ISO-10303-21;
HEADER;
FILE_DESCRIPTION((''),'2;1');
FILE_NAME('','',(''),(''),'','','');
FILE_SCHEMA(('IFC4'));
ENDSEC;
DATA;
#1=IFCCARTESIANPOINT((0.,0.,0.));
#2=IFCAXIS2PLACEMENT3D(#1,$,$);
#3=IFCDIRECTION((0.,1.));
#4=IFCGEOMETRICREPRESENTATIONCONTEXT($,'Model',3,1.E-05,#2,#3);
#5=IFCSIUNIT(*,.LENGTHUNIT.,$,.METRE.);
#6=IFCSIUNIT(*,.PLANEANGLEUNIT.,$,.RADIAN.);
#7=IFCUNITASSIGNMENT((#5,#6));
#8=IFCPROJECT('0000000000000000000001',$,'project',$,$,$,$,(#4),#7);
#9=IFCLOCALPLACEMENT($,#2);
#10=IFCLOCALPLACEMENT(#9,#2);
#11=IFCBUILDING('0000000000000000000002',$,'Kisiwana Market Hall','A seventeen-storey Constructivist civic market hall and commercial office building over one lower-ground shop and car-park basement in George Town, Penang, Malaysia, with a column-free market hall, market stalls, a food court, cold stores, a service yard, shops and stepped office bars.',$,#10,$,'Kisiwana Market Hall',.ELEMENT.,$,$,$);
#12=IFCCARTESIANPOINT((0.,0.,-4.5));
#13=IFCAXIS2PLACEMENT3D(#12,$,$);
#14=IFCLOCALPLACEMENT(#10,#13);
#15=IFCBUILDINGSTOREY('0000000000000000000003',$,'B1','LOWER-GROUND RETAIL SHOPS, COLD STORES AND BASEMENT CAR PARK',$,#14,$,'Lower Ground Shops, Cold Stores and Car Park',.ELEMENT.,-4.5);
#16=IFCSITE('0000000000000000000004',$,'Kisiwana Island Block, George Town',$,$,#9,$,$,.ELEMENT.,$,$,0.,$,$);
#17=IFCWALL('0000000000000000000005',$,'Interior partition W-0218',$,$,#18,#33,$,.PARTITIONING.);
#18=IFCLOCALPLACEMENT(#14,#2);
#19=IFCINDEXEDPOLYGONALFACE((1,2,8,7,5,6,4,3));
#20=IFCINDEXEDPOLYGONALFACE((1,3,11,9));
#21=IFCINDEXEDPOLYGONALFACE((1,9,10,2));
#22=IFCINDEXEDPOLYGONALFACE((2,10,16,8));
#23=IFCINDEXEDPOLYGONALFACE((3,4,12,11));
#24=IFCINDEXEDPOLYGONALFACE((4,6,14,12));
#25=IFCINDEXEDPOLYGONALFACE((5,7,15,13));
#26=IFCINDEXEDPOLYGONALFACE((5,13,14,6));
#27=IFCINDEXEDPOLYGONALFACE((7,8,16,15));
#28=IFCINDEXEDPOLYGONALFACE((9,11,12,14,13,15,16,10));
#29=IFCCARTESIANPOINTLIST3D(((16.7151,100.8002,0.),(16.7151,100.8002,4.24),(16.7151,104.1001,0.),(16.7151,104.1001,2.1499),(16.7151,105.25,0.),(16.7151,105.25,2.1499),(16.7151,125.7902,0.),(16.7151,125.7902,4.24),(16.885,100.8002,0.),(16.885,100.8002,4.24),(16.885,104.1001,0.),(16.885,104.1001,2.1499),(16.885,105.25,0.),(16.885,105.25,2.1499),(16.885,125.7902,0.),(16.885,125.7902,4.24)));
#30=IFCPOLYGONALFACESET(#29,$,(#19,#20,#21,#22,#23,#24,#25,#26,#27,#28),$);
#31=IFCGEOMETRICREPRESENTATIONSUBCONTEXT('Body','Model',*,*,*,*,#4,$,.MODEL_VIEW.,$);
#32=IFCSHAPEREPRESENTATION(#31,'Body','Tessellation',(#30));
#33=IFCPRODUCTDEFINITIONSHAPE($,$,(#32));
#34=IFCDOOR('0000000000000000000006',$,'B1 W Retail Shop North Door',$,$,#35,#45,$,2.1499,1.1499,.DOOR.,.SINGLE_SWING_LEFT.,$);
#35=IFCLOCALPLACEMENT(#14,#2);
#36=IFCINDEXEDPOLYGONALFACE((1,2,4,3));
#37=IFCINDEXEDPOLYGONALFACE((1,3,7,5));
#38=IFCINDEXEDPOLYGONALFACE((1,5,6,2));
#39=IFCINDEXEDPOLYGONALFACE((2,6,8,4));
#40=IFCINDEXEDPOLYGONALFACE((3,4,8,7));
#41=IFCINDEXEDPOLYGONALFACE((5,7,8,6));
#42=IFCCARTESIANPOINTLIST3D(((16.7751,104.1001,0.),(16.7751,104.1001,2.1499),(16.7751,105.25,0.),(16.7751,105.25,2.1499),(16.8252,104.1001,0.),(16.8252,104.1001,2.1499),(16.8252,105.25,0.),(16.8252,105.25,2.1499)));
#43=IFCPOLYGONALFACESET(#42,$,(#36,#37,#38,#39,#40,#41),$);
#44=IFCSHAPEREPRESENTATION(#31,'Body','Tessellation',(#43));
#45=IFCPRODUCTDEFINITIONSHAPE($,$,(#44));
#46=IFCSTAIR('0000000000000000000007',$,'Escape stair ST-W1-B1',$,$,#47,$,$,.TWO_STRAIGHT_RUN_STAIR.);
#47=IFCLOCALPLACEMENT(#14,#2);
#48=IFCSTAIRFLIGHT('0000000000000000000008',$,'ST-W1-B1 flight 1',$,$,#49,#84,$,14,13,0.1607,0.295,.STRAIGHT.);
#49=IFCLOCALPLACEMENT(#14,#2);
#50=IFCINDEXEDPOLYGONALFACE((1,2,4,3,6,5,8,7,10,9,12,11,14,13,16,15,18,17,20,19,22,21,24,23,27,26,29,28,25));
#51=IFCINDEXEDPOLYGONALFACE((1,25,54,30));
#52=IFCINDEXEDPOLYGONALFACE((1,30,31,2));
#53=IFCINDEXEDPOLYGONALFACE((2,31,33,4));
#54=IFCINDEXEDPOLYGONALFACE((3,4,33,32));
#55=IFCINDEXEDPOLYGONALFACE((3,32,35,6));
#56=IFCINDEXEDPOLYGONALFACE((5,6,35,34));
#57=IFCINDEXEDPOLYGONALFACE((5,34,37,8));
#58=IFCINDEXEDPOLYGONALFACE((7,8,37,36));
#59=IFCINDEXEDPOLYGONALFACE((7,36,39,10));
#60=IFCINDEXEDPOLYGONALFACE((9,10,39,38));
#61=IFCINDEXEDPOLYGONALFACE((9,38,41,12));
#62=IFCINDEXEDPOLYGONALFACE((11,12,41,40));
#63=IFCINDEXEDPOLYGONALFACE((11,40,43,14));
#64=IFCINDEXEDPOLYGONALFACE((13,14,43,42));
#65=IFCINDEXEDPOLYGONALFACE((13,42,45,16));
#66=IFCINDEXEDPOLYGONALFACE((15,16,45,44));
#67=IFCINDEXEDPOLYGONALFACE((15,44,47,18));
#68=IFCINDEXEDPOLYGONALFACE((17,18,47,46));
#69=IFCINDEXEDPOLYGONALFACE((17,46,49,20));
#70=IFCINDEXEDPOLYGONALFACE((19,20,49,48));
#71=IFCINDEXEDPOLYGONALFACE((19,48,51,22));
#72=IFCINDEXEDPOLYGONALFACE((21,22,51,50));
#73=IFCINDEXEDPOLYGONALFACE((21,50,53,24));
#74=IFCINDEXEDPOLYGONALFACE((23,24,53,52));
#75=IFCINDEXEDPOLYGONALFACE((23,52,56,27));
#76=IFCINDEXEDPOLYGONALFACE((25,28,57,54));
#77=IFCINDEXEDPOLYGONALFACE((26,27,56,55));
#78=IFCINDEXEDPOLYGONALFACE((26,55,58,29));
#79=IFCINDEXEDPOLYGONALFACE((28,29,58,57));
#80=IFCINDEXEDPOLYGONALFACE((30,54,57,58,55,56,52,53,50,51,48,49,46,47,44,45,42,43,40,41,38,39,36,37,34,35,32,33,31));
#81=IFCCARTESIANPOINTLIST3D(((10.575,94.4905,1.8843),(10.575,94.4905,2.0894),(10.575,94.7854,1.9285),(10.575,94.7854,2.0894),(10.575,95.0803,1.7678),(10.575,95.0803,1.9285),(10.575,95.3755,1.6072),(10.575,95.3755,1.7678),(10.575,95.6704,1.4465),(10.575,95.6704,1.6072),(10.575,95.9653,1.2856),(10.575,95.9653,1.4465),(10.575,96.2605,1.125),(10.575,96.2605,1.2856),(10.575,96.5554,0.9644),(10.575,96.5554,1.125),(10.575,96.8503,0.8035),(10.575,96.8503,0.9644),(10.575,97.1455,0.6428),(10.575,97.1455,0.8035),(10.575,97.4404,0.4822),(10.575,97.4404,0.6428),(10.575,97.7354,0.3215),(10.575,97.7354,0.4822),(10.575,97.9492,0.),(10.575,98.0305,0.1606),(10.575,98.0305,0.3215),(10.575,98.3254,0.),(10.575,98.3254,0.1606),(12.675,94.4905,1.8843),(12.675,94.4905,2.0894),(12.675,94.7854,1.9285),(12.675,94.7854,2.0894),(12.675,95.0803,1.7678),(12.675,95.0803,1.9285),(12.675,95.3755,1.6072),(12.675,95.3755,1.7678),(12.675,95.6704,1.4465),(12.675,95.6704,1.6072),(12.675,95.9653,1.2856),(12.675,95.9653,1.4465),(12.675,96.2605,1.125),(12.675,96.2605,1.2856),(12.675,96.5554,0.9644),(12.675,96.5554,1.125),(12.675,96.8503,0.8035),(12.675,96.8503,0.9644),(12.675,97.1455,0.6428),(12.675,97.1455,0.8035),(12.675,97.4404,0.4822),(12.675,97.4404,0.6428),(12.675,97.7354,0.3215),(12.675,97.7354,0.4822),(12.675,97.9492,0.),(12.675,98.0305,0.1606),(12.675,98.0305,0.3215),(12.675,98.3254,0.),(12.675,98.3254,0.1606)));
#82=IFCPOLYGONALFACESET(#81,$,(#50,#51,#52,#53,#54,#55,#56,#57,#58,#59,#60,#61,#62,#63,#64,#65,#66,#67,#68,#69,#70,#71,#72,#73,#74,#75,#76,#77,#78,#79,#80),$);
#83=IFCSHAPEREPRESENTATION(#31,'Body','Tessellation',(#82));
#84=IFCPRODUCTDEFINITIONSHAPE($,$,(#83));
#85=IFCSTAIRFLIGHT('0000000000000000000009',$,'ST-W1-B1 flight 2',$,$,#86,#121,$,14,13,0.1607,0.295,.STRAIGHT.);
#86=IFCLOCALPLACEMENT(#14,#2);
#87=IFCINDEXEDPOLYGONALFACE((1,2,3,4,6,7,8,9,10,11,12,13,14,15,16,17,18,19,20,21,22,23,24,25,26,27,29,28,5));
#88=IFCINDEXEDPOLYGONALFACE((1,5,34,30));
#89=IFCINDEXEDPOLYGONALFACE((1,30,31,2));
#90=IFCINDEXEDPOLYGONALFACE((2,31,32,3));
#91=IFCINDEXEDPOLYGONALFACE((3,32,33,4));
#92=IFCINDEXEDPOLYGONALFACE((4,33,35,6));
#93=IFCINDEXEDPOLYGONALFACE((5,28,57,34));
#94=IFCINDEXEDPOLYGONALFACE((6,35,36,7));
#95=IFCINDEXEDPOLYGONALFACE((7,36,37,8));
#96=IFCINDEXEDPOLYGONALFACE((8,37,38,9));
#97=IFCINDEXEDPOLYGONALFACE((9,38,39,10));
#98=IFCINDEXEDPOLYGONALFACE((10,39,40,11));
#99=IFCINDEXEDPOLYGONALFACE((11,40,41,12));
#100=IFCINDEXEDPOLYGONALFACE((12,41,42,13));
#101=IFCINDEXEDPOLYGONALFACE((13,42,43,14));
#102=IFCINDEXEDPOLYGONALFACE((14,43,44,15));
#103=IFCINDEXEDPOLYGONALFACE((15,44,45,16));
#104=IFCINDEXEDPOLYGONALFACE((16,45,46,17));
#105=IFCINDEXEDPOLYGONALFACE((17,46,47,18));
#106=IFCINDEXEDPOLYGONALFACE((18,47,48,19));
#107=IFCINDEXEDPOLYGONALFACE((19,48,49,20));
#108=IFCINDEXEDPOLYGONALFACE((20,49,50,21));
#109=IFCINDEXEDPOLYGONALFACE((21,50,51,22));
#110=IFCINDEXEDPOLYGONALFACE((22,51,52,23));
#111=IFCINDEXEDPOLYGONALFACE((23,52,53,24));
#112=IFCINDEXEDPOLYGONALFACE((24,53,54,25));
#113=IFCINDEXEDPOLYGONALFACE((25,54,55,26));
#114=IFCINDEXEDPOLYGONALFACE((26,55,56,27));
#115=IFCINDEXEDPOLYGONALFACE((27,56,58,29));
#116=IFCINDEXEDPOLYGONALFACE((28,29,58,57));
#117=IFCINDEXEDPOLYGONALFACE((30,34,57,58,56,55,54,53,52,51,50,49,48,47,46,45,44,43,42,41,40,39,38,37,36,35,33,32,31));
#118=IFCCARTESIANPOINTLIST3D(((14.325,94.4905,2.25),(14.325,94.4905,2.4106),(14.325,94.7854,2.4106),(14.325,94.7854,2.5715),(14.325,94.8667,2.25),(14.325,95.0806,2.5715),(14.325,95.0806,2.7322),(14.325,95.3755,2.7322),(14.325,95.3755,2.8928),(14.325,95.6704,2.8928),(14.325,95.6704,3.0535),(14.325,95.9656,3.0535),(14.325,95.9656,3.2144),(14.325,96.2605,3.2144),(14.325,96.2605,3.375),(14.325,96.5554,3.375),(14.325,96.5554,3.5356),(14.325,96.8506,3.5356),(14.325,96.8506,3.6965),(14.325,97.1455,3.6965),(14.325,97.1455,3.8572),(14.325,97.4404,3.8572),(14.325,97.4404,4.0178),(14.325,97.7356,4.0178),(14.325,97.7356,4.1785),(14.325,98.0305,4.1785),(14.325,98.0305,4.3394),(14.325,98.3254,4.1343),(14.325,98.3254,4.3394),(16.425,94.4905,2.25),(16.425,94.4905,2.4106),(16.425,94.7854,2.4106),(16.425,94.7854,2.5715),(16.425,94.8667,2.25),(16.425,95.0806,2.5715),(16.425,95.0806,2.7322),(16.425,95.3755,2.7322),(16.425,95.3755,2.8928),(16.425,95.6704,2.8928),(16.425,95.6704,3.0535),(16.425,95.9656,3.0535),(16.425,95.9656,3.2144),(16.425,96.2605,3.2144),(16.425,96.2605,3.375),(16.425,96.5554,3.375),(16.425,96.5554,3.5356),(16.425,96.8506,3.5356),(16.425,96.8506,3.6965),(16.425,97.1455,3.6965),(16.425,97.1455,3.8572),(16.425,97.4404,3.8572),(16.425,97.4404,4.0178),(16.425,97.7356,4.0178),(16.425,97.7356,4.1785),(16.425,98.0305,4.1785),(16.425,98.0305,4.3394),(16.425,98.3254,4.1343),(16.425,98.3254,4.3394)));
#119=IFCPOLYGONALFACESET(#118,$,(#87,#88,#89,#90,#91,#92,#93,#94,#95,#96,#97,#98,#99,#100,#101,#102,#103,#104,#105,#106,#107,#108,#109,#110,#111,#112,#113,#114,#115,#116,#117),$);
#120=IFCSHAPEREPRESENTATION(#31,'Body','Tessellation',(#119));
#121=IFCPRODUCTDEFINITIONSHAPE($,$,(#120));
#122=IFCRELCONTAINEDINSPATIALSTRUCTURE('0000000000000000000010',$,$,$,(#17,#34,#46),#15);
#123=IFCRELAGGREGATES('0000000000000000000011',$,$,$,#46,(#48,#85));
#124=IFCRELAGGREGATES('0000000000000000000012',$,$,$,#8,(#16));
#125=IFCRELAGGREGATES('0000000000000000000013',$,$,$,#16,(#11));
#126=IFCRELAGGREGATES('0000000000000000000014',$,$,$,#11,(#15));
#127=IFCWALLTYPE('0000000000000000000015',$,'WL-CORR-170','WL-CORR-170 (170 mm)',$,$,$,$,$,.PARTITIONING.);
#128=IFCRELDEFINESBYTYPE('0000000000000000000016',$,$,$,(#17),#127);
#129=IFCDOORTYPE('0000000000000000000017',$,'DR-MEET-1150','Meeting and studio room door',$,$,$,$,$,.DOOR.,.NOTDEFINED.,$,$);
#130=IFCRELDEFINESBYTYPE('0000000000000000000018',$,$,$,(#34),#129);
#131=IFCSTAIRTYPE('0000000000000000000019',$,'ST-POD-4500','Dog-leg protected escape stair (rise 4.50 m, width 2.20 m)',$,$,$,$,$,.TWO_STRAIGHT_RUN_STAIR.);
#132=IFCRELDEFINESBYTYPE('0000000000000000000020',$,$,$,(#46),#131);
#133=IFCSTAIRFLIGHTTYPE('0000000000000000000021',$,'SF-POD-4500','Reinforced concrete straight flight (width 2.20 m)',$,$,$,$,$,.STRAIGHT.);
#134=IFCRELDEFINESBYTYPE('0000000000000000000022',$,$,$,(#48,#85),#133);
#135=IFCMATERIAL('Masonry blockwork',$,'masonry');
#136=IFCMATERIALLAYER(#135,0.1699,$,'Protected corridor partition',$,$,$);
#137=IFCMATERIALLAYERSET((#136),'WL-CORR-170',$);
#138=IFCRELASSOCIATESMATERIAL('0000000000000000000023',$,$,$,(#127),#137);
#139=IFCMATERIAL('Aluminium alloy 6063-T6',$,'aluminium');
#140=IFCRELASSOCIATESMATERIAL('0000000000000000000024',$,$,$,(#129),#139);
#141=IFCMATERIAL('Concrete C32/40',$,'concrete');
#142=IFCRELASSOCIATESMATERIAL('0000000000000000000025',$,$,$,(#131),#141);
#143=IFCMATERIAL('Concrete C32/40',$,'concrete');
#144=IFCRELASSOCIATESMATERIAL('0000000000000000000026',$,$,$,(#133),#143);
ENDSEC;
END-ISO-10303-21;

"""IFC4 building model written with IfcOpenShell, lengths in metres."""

from ifc_helpers import new_model, si_unit, direction, frame, frame_2d, origin, place, context, subcontext, project, spatial, polyline, rectangle, outline, extrude, material, layer, layer_set, type_object, element, fill, aggregate, save


model = new_model("IFC4")

# Units and contexts
model_context = context("Model", 3, precision=1e-05, world=origin(), true_north=direction((0.0, 1.0)))
body_context = subcontext(model_context, "Body", "Model", "MODEL_VIEW")
ifc_project = project(units=[si_unit("LENGTHUNIT", "METRE"), si_unit("PLANEANGLEUNIT", "RADIAN")], contexts=[model_context])

# Site, building, storey
site_placement = place(None, origin())
site = spatial("IfcSite", under=ifc_project, at=site_placement, Name="Kisiwana Island Block, George Town", CompositionType="ELEMENT", RefElevation=0.0)
building_placement = place(site_placement, origin())
building = spatial("IfcBuilding", under=site, at=building_placement, Name="Kisiwana Market Hall", Description="A seventeen-storey Constructivist civic market hall and commercial office building over one lower-ground shop and car-park basement in George Town, Penang, Malaysia, with a column-free market hall, market stalls, a food court, cold stores, a service yard, shops and stepped office bars.", LongName="Kisiwana Market Hall", CompositionType="ELEMENT")
storey_placement = place(building_placement, frame((0.0, 0.0, -4.5)))
storey = spatial("IfcBuildingStorey", under=building, at=storey_placement, Name="B1", Description="LOWER-GROUND RETAIL SHOPS, COLD STORES AND BASEMENT CAR PARK", LongName="Lower Ground Shops, Cold Stores and Car Park", CompositionType="ELEMENT", Elevation=-4.5)

# Shared definitions
ifc_material_1 = material(Name="Masonry blockwork", Category="masonry")
ifc_layer_1 = layer(ifc_material_1, 0.1699, Name="Protected corridor partition")
ifc_layer_set_1 = layer_set([ifc_layer_1], Name="WL-CORR-170")
wall_type_1 = type_object("IfcWallType", Name="WL-CORR-170", Description="WL-CORR-170 (170 mm)", PredefinedType="PARTITIONING", material=ifc_layer_set_1)

# Wall, opening, door
wall_1_placement = place(storey_placement, frame((16.8, 100.8, 0.0), z_axis=(0.0, 0.0, 1.0), x_axis=(0.0, 1.0, 0.0)))
wall_1 = element("IfcWall", 1, at=wall_1_placement, inside=storey, type_object=wall_type_1, Name="Interior partition W-0218", PredefinedType="PARTITIONING", context=body_context, shape_type="SweptSolid", body=[
    extrude(rectangle(XDim=24.99, YDim=0.1699, at=frame_2d((12.4951, 0.0))), origin(), (0.0, 0.0, 1.0), 4.24),
])
opening_1_placement = place(wall_1_placement, frame((3.3, 0.0, 0.0)))
opening_1 = element("IfcOpeningElement", 2, at=opening_1_placement, cuts=wall_1, PredefinedType="OPENING", context=body_context, shape_type="SweptSolid", body=[
    extrude(rectangle(XDim=1.1499, YDim=2.1499, at=frame_2d((0.575, 1.075))), frame((0.0, 0.0969, 0.0), z_axis=(0.0, -1.0, 0.0), x_axis=(1.0, 0.0, 0.0)), (0.0, 0.0, 1.0), 0.1938),
])
ifc_material_2 = material(Name="Aluminium alloy 6063-T6", Category="aluminium")
door_type_1 = type_object("IfcDoorType", Name="DR-MEET-1150", Description="Meeting and studio room door", OperationType="NOTDEFINED", PredefinedType="DOOR", material=ifc_material_2)
door_1_placement = place(opening_1_placement, origin())
door_1 = element("IfcDoor", 3, at=door_1_placement, inside=storey, type_object=door_type_1, Name="B1 W Retail Shop North Door", OperationType="SINGLE_SWING_LEFT", OverallHeight=2.1499, OverallWidth=1.1499, PredefinedType="DOOR", context=body_context, shape_type="SweptSolid", body=[
    extrude(rectangle(XDim=1.1499, YDim=2.1499, at=frame_2d((0.575, 1.075))), frame((0.0, 0.0249, 0.0), z_axis=(0.0, -1.0, 0.0), x_axis=(1.0, 0.0, 0.0)), (0.0, 0.0, 1.0), 0.05),
])
fill(opening_1, door_1)

# Stair, stair flights
ifc_material_3 = material(Name="Concrete C32/40", Category="concrete")
stair_type = type_object("IfcStairType", Name="ST-POD-4500", Description="Dog-leg protected escape stair (rise 4.50 m, width 2.20 m)", PredefinedType="TWO_STRAIGHT_RUN_STAIR", material=ifc_material_3)
stair_placement = place(storey_placement, origin())
stair = element("IfcStair", 4, at=stair_placement, inside=storey, type_object=stair_type, Name="Escape stair ST-W1-B1", PredefinedType="TWO_STRAIGHT_RUN_STAIR")
ifc_material_4 = material(Name="Concrete C32/40", Category="concrete")
stair_flight_type = type_object("IfcStairFlightType", Name="SF-POD-4500", Description="Reinforced concrete straight flight (width 2.20 m)", PredefinedType="STRAIGHT", material=ifc_material_4)
stair_flight_1_placement = place(storey_placement, frame((11.625, 98.3254, 0.0), z_axis=(0.0, 0.0, 1.0), x_axis=(0.0, -1.0, 0.0)))
stair_flight_1 = element("IfcStairFlight", 5, at=stair_flight_1_placement, type_object=stair_flight_type, Name="ST-W1-B1 flight 1", NumberOfRisers=14, NumberOfTreads=13, PredefinedType="STRAIGHT", RiserHeight=0.1607, TreadLength=0.295, context=body_context, shape_type="SweptSolid", body=[
    extrude(outline(polyline([(0.0, 0.0), (0.0, 0.1606), (0.2949, 0.1606), (0.2949, 0.3215), (0.5901, 0.3215), (0.5901, 0.4822), (0.885, 0.4822), (0.885, 0.6428), (1.1799, 0.6428), (1.1799, 0.8035), (1.4751, 0.8035), (1.4751, 0.9644), (1.77, 0.9644), (1.77, 1.125), (2.0649, 1.125), (2.0649, 1.2856), (2.3601, 1.2856), (2.3601, 1.4465), (2.655, 1.4465), (2.655, 1.6072), (2.95, 1.6072), (2.95, 1.7678), (3.2451, 1.7678), (3.2451, 1.9285), (3.54, 1.9285), (3.54, 2.0894), (3.835, 2.0894), (3.835, 2.25), (3.835, 1.8843), (0.3762, 0.0), (0.0, 0.0)])), frame((0.0, 1.05, 0.0), z_axis=(0.0, -1.0, 0.0), x_axis=(1.0, 0.0, 0.0)), (0.0, 0.0, 1.0), 2.1001),
])
stair_flight_2_placement = place(storey_placement, frame((15.375, 94.4905, 2.25), z_axis=(0.0, 0.0, 1.0), x_axis=(0.0, 1.0, 0.0)))
stair_flight_2 = element("IfcStairFlight", 6, at=stair_flight_2_placement, type_object=stair_flight_type, Name="ST-W1-B1 flight 2", NumberOfRisers=14, NumberOfTreads=13, PredefinedType="STRAIGHT", RiserHeight=0.1607, TreadLength=0.295, context=body_context, shape_type="SweptSolid", body=[
    extrude(outline(polyline([(0.0, 0.0), (0.0, 0.1606), (0.2949, 0.1606), (0.2949, 0.3215), (0.5901, 0.3215), (0.5901, 0.4822), (0.885, 0.4822), (0.885, 0.6428), (1.1799, 0.6428), (1.1799, 0.8035), (1.4751, 0.8035), (1.4751, 0.9644), (1.77, 0.9644), (1.77, 1.125), (2.0649, 1.125), (2.0649, 1.2856), (2.3601, 1.2856), (2.3601, 1.4465), (2.655, 1.4465), (2.655, 1.6072), (2.95, 1.6072), (2.95, 1.7678), (3.2451, 1.7678), (3.2451, 1.9285), (3.54, 1.9285), (3.54, 2.0894), (3.835, 2.0894), (3.835, 2.25), (3.835, 1.8843), (0.3762, 0.0), (0.0, 0.0)])), frame((0.0, 1.05, 0.0), z_axis=(0.0, -1.0, 0.0), x_axis=(1.0, 0.0, 0.0)), (0.0, 0.0, 1.0), 2.1001),
])
aggregate(stair, [stair_flight_1, stair_flight_2])

save(model, "model.ifc")
